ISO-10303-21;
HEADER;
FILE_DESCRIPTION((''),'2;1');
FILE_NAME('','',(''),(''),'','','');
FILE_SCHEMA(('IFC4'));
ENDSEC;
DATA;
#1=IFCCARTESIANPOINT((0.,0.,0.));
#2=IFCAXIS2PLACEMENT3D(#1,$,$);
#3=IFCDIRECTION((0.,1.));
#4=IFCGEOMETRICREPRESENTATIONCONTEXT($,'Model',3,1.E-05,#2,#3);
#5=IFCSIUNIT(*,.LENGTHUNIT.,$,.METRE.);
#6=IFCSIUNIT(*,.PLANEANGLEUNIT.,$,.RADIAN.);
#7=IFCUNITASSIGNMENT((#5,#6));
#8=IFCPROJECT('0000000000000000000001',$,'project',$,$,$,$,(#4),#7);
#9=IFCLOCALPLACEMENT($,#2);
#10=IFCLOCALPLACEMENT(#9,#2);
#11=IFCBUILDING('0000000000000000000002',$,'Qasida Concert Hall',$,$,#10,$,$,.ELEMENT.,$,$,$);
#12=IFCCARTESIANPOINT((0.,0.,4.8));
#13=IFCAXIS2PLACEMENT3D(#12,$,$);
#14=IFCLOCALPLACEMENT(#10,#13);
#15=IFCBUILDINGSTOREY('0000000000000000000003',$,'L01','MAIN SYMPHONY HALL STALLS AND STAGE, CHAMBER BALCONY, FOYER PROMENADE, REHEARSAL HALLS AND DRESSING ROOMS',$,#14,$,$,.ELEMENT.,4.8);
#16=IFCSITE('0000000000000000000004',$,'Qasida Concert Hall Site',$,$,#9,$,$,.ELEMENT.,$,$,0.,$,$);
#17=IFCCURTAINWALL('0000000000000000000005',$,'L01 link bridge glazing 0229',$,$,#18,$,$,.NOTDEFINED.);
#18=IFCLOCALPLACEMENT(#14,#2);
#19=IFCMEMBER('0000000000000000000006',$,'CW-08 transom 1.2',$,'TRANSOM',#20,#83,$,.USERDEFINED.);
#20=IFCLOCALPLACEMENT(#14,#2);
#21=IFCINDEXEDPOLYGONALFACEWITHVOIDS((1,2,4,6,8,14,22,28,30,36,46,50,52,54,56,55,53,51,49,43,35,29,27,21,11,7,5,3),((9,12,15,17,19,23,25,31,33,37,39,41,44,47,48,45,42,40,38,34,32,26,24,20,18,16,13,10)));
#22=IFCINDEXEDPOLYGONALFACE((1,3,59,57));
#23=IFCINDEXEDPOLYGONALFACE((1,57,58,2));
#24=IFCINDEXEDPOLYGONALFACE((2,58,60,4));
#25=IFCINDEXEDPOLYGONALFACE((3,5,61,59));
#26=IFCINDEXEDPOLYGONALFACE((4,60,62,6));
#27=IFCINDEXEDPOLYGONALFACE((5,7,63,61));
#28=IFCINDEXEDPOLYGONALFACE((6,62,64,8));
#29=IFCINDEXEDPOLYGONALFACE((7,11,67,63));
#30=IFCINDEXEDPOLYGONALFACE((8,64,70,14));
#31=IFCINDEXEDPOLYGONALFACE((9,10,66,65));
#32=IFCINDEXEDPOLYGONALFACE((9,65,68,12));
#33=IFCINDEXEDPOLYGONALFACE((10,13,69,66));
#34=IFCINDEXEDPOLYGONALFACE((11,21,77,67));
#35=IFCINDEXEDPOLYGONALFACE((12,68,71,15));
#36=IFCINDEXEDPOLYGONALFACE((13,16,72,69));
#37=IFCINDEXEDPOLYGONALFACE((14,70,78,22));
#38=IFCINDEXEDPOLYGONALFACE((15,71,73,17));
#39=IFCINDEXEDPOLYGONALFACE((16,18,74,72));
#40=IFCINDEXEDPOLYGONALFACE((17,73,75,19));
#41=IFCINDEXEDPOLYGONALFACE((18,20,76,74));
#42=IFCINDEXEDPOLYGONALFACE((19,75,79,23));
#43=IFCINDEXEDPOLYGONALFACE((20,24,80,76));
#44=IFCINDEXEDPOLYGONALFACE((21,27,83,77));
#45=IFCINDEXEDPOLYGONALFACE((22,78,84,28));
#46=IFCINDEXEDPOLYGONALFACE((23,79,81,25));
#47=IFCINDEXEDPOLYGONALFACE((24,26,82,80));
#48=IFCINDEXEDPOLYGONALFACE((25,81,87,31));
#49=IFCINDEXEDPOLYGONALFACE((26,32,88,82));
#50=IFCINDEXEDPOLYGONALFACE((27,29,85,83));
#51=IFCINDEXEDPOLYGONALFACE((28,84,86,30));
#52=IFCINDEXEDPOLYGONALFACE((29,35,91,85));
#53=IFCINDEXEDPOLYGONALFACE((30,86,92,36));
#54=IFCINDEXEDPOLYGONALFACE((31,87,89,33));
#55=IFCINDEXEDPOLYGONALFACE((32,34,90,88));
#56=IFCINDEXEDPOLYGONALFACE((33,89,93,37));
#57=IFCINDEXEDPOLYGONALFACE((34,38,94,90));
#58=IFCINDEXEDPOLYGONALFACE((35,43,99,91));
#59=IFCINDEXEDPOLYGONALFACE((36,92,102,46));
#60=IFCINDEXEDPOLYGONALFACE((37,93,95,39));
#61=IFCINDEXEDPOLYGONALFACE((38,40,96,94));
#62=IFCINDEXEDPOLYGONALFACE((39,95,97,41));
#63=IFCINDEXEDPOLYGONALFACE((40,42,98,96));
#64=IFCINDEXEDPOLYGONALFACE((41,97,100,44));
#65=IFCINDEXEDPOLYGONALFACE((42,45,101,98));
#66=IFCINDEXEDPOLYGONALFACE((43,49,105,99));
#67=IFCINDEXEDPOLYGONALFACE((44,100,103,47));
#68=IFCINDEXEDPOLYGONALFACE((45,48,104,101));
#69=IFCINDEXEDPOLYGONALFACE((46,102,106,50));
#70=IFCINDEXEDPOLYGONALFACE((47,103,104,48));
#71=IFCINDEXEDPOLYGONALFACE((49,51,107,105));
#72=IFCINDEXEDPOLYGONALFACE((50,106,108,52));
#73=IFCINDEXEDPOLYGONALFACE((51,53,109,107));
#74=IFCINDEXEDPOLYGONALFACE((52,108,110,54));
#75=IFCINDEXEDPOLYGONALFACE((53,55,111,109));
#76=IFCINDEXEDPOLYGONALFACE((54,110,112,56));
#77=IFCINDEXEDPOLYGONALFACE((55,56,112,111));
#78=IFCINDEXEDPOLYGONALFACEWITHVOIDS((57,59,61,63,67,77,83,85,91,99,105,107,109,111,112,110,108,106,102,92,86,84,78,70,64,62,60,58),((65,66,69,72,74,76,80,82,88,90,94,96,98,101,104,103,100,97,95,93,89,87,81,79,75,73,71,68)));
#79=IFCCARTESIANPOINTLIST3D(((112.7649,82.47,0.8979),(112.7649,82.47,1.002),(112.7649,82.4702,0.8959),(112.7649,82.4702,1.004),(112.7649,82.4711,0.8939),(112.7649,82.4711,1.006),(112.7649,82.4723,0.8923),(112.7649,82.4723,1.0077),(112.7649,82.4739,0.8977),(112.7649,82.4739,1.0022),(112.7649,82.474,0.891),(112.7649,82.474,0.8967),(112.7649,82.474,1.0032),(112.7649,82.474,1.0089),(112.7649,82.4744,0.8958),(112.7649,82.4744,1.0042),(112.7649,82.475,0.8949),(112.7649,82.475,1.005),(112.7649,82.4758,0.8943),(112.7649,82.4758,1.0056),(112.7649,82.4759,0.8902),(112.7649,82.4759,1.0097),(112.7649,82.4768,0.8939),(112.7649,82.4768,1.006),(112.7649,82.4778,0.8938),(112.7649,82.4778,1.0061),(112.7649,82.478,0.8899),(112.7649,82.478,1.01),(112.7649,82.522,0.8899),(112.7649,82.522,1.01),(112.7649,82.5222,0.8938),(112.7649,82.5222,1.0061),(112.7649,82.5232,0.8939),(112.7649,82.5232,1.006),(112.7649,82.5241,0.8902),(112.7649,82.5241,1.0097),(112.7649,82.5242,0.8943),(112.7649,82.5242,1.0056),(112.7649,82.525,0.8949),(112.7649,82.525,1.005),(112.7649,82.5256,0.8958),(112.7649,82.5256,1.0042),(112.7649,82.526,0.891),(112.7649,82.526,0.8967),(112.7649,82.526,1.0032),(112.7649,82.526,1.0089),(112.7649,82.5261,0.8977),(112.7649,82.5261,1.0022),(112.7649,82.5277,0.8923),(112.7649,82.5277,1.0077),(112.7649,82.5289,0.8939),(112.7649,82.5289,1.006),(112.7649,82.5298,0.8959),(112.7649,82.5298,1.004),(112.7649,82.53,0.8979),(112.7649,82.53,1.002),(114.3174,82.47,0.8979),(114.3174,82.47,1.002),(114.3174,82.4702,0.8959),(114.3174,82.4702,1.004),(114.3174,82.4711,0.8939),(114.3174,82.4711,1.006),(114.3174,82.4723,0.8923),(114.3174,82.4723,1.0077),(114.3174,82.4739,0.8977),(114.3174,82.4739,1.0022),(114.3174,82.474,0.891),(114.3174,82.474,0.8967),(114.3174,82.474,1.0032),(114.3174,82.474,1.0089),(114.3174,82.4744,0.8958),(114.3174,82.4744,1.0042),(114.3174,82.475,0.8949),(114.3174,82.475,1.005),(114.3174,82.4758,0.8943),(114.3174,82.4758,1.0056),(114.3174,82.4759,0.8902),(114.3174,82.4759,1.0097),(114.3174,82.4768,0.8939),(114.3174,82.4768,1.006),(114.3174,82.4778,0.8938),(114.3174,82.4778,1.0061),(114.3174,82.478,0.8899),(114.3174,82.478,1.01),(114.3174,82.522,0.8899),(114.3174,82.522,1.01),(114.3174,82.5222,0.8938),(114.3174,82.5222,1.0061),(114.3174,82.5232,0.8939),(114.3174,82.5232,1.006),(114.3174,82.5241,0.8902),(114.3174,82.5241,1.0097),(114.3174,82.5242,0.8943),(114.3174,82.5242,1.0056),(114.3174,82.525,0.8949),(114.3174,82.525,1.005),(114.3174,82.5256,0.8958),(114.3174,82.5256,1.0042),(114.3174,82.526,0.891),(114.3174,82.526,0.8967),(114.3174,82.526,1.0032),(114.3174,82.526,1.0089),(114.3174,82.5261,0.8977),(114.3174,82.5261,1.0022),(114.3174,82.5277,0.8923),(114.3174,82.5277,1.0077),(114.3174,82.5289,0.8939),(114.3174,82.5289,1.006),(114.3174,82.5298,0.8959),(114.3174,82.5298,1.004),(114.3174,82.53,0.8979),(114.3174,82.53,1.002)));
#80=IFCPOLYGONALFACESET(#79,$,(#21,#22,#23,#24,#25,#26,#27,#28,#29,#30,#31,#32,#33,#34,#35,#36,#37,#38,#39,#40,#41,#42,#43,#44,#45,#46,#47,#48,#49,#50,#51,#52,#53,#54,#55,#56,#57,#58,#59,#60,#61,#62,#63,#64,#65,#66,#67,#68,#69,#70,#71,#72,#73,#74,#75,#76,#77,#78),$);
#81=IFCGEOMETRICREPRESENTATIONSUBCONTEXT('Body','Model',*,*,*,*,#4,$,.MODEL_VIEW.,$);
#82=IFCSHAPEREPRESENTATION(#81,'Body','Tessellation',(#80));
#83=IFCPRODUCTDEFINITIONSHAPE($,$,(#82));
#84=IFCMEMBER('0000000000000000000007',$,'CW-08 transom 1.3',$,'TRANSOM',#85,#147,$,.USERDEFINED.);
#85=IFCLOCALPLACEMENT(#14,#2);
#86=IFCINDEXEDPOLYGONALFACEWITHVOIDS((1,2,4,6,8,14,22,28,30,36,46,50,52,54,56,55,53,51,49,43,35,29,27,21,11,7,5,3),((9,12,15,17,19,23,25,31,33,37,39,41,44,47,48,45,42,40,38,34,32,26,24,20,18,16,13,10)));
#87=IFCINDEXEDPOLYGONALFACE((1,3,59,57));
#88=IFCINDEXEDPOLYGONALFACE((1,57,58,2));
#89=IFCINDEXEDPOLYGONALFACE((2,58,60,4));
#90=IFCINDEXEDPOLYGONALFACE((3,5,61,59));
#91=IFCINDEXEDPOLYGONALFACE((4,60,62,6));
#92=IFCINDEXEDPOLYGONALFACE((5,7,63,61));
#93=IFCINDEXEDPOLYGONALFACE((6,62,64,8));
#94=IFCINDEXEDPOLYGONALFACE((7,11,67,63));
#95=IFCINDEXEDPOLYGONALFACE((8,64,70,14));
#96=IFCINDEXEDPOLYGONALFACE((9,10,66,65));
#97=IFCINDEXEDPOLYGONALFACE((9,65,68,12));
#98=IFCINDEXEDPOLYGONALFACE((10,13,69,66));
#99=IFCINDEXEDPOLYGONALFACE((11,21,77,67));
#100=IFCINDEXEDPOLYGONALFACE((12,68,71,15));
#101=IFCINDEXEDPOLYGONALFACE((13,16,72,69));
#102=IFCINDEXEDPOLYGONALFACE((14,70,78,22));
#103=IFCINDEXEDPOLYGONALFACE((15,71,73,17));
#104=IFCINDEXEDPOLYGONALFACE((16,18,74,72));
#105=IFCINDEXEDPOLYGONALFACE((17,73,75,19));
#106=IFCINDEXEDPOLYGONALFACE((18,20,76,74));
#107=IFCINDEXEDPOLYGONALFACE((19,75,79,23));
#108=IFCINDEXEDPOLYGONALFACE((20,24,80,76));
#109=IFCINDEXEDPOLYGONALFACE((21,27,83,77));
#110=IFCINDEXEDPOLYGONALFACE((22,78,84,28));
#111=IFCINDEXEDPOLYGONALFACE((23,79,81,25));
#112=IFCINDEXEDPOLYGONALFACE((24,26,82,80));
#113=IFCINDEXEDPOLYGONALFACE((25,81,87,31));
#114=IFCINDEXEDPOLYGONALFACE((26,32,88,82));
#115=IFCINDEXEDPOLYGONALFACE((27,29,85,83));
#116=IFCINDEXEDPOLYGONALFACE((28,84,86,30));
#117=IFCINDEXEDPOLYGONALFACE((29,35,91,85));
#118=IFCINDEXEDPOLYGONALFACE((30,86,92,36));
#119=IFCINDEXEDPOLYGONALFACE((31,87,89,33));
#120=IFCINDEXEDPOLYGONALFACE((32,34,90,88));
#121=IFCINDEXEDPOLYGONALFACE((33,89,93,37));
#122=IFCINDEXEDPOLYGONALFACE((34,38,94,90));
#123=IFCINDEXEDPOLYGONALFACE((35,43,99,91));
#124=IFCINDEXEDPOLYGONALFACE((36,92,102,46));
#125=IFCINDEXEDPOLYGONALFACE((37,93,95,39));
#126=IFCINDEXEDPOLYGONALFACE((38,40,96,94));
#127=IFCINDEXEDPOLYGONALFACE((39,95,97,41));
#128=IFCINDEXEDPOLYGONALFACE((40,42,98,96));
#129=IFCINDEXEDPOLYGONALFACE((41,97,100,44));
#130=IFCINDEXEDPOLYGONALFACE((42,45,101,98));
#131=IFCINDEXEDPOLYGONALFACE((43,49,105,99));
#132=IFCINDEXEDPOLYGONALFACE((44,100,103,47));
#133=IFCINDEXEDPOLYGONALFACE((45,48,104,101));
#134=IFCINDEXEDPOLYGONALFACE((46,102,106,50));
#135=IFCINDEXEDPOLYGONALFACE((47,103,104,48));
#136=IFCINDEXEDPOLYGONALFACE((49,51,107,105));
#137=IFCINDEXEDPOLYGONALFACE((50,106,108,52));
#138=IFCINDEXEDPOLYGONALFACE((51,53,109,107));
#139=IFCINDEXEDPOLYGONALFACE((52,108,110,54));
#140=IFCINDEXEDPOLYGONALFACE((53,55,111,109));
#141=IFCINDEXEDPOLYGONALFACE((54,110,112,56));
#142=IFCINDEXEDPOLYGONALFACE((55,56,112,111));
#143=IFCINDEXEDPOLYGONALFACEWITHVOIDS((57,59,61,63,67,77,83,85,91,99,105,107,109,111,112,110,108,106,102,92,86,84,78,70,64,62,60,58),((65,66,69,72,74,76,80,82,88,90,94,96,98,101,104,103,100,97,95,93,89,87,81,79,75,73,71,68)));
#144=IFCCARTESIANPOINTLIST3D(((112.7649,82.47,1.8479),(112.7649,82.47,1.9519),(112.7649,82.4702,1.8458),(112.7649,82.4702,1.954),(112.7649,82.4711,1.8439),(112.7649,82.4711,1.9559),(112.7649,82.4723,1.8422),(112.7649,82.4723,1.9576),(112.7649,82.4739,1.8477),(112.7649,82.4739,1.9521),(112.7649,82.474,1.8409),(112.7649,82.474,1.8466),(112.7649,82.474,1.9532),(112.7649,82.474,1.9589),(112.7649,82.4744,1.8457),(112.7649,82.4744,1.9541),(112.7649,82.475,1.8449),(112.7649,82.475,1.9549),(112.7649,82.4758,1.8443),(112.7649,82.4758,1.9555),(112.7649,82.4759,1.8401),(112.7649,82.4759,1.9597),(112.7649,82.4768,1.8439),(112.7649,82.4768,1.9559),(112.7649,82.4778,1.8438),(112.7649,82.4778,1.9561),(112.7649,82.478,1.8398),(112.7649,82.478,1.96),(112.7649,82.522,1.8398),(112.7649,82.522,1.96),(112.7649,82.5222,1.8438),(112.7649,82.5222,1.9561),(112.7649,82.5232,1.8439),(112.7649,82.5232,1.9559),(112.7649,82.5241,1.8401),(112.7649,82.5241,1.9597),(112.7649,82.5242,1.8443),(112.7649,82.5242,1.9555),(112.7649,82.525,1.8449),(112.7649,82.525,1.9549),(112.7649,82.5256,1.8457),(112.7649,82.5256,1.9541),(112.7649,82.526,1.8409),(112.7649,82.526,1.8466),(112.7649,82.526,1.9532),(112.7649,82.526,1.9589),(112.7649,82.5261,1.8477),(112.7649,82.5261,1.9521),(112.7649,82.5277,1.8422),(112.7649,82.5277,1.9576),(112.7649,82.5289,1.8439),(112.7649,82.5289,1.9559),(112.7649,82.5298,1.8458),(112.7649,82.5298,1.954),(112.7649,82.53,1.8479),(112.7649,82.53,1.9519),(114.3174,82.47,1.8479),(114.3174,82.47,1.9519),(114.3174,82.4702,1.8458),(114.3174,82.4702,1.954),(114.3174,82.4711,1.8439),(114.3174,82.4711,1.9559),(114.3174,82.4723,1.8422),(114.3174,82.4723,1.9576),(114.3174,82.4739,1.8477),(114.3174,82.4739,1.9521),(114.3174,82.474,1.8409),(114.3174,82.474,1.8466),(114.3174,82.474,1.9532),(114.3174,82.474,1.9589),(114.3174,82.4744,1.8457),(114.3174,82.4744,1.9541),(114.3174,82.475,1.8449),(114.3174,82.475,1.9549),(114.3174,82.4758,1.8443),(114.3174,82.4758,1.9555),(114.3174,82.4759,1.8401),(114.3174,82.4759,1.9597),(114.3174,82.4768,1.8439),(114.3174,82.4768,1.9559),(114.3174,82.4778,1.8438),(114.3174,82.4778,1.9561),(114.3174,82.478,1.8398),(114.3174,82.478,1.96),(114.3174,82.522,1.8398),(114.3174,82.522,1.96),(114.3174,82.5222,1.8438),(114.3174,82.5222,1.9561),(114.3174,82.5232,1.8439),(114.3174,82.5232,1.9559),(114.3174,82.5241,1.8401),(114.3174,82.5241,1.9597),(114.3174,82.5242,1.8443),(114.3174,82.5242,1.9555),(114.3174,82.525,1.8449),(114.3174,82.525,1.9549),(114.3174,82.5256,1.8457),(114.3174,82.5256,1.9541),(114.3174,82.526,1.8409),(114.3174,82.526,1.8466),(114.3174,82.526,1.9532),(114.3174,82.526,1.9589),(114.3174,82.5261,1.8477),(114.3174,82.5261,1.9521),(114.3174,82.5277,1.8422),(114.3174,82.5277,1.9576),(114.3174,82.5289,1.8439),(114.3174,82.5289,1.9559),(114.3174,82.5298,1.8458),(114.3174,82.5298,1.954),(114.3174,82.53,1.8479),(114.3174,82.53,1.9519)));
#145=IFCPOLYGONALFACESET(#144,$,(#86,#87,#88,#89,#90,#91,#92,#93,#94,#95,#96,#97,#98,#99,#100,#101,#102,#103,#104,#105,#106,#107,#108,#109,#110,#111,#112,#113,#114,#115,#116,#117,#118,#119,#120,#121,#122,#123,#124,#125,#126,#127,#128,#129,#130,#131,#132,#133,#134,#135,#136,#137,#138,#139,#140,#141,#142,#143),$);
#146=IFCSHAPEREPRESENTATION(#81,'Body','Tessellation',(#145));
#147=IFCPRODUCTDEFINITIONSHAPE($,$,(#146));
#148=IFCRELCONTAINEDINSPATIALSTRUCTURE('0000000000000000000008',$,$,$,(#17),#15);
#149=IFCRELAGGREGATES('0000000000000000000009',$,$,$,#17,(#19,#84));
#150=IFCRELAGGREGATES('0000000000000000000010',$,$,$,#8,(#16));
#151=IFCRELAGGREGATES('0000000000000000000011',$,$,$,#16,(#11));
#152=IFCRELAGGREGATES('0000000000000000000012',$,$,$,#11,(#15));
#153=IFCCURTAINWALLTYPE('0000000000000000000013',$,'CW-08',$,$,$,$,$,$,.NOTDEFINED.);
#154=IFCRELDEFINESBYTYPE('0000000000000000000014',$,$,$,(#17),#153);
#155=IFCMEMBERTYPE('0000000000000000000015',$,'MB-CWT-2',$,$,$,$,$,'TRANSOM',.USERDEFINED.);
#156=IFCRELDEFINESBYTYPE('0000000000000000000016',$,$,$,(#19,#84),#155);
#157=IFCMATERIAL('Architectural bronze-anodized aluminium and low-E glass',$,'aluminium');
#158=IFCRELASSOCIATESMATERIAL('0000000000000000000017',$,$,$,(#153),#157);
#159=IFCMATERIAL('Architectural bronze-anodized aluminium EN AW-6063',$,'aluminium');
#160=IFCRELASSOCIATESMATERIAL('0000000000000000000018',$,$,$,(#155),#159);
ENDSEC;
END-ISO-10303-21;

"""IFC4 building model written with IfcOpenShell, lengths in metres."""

from ifc_helpers import new_model, si_unit, direction, frame, origin, origin_2d, place, context, subcontext, project, spatial, hollow_rectangle, extrude, material, material_profile, profile_set, type_object, element, aggregate, save


model = new_model("IFC4")

# Units and contexts
model_context = context("Model", 3, precision=1e-05, world=origin(), true_north=direction((0.0, 1.0)))
body_context = subcontext(model_context, "Body", "Model", "MODEL_VIEW")
ifc_project = project(units=[si_unit("LENGTHUNIT", "METRE"), si_unit("PLANEANGLEUNIT", "RADIAN")], contexts=[model_context])

# Site, building, storey
site_placement = place(None, origin())
site = spatial("IfcSite", under=ifc_project, at=site_placement, Name="Qasida Concert Hall Site", CompositionType="ELEMENT", RefElevation=0.0)
building_placement = place(site_placement, origin())
building = spatial("IfcBuilding", under=site, at=building_placement, Name="Qasida Concert Hall", CompositionType="ELEMENT")
storey_placement = place(building_placement, frame((0.0, 0.0, 4.8)))
storey = spatial("IfcBuildingStorey", under=building, at=storey_placement, Name="L01", Description="MAIN SYMPHONY HALL STALLS AND STAGE, CHAMBER BALCONY, FOYER PROMENADE, REHEARSAL HALLS AND DRESSING ROOMS", CompositionType="ELEMENT", Elevation=4.8)

# Curtain wall
ifc_material_1 = material(Name="Architectural bronze-anodized aluminium and low-E glass", Category="aluminium")
curtain_wall_type = type_object("IfcCurtainWallType", Name="CW-08", PredefinedType="NOTDEFINED", material=ifc_material_1)
ifc_material_2 = material(Name="Architectural bronze-anodized aluminium EN AW-6063", Category="aluminium")
curtain_wall_1_placement = place(storey_placement, origin())
curtain_wall_1 = element("IfcCurtainWall", 1, at=curtain_wall_1_placement, inside=storey, type_object=curtain_wall_type, Name="L01 link bridge glazing 0229", PredefinedType="NOTDEFINED")

# Members
ifc_material_profile_1 = material_profile(ifc_material_2, hollow_rectangle(XDim=0.0601, YDim=0.1201, WallThickness=0.0039, InnerFilletRadius=0.0039, OuterFilletRadius=0.0081, at=origin_2d()), Name="CWT 120x60x4")
ifc_profile_set_1 = profile_set([ifc_material_profile_1], Name="Architectural bronze-anodized aluminium EN AW-6063")
member_type_1 = type_object("IfcMemberType", Name="MB-CWT-2", ElementType="TRANSOM", PredefinedType="USERDEFINED", material=ifc_profile_set_1)
member_1_placement = place(storey_placement, frame((112.7649, 82.5, 0.95), z_axis=(1.0, 0.0, 0.0), x_axis=(0.0, 1.0, 0.0)))
member_1 = element("IfcMember", 2, at=member_1_placement, type_object=member_type_1, Name="CW-08 transom 1.2", ObjectType="TRANSOM", PredefinedType="USERDEFINED", context=body_context, shape_type="SweptSolid", body=[
    extrude(hollow_rectangle(XDim=0.0601, YDim=0.1201, WallThickness=0.0039, InnerFilletRadius=0.0039, OuterFilletRadius=0.0081, at=origin_2d()), origin(), (0.0, 0.0, 1.0), 1.5525),
])
member_2_placement = place(storey_placement, frame((112.7649, 82.5, 1.8999), z_axis=(1.0, 0.0, 0.0), x_axis=(0.0, 1.0, 0.0)))
member_2 = element("IfcMember", 3, at=member_2_placement, type_object=member_type_1, Name="CW-08 transom 1.3", ObjectType="TRANSOM", PredefinedType="USERDEFINED", context=body_context, shape_type="SweptSolid", body=[
    extrude(hollow_rectangle(XDim=0.0601, YDim=0.1201, WallThickness=0.0039, InnerFilletRadius=0.0039, OuterFilletRadius=0.0081, at=origin_2d()), origin(), (0.0, 0.0, 1.0), 1.5525),
])

aggregate(curtain_wall_1, [member_1, member_2])

save(model, "model.ifc")
